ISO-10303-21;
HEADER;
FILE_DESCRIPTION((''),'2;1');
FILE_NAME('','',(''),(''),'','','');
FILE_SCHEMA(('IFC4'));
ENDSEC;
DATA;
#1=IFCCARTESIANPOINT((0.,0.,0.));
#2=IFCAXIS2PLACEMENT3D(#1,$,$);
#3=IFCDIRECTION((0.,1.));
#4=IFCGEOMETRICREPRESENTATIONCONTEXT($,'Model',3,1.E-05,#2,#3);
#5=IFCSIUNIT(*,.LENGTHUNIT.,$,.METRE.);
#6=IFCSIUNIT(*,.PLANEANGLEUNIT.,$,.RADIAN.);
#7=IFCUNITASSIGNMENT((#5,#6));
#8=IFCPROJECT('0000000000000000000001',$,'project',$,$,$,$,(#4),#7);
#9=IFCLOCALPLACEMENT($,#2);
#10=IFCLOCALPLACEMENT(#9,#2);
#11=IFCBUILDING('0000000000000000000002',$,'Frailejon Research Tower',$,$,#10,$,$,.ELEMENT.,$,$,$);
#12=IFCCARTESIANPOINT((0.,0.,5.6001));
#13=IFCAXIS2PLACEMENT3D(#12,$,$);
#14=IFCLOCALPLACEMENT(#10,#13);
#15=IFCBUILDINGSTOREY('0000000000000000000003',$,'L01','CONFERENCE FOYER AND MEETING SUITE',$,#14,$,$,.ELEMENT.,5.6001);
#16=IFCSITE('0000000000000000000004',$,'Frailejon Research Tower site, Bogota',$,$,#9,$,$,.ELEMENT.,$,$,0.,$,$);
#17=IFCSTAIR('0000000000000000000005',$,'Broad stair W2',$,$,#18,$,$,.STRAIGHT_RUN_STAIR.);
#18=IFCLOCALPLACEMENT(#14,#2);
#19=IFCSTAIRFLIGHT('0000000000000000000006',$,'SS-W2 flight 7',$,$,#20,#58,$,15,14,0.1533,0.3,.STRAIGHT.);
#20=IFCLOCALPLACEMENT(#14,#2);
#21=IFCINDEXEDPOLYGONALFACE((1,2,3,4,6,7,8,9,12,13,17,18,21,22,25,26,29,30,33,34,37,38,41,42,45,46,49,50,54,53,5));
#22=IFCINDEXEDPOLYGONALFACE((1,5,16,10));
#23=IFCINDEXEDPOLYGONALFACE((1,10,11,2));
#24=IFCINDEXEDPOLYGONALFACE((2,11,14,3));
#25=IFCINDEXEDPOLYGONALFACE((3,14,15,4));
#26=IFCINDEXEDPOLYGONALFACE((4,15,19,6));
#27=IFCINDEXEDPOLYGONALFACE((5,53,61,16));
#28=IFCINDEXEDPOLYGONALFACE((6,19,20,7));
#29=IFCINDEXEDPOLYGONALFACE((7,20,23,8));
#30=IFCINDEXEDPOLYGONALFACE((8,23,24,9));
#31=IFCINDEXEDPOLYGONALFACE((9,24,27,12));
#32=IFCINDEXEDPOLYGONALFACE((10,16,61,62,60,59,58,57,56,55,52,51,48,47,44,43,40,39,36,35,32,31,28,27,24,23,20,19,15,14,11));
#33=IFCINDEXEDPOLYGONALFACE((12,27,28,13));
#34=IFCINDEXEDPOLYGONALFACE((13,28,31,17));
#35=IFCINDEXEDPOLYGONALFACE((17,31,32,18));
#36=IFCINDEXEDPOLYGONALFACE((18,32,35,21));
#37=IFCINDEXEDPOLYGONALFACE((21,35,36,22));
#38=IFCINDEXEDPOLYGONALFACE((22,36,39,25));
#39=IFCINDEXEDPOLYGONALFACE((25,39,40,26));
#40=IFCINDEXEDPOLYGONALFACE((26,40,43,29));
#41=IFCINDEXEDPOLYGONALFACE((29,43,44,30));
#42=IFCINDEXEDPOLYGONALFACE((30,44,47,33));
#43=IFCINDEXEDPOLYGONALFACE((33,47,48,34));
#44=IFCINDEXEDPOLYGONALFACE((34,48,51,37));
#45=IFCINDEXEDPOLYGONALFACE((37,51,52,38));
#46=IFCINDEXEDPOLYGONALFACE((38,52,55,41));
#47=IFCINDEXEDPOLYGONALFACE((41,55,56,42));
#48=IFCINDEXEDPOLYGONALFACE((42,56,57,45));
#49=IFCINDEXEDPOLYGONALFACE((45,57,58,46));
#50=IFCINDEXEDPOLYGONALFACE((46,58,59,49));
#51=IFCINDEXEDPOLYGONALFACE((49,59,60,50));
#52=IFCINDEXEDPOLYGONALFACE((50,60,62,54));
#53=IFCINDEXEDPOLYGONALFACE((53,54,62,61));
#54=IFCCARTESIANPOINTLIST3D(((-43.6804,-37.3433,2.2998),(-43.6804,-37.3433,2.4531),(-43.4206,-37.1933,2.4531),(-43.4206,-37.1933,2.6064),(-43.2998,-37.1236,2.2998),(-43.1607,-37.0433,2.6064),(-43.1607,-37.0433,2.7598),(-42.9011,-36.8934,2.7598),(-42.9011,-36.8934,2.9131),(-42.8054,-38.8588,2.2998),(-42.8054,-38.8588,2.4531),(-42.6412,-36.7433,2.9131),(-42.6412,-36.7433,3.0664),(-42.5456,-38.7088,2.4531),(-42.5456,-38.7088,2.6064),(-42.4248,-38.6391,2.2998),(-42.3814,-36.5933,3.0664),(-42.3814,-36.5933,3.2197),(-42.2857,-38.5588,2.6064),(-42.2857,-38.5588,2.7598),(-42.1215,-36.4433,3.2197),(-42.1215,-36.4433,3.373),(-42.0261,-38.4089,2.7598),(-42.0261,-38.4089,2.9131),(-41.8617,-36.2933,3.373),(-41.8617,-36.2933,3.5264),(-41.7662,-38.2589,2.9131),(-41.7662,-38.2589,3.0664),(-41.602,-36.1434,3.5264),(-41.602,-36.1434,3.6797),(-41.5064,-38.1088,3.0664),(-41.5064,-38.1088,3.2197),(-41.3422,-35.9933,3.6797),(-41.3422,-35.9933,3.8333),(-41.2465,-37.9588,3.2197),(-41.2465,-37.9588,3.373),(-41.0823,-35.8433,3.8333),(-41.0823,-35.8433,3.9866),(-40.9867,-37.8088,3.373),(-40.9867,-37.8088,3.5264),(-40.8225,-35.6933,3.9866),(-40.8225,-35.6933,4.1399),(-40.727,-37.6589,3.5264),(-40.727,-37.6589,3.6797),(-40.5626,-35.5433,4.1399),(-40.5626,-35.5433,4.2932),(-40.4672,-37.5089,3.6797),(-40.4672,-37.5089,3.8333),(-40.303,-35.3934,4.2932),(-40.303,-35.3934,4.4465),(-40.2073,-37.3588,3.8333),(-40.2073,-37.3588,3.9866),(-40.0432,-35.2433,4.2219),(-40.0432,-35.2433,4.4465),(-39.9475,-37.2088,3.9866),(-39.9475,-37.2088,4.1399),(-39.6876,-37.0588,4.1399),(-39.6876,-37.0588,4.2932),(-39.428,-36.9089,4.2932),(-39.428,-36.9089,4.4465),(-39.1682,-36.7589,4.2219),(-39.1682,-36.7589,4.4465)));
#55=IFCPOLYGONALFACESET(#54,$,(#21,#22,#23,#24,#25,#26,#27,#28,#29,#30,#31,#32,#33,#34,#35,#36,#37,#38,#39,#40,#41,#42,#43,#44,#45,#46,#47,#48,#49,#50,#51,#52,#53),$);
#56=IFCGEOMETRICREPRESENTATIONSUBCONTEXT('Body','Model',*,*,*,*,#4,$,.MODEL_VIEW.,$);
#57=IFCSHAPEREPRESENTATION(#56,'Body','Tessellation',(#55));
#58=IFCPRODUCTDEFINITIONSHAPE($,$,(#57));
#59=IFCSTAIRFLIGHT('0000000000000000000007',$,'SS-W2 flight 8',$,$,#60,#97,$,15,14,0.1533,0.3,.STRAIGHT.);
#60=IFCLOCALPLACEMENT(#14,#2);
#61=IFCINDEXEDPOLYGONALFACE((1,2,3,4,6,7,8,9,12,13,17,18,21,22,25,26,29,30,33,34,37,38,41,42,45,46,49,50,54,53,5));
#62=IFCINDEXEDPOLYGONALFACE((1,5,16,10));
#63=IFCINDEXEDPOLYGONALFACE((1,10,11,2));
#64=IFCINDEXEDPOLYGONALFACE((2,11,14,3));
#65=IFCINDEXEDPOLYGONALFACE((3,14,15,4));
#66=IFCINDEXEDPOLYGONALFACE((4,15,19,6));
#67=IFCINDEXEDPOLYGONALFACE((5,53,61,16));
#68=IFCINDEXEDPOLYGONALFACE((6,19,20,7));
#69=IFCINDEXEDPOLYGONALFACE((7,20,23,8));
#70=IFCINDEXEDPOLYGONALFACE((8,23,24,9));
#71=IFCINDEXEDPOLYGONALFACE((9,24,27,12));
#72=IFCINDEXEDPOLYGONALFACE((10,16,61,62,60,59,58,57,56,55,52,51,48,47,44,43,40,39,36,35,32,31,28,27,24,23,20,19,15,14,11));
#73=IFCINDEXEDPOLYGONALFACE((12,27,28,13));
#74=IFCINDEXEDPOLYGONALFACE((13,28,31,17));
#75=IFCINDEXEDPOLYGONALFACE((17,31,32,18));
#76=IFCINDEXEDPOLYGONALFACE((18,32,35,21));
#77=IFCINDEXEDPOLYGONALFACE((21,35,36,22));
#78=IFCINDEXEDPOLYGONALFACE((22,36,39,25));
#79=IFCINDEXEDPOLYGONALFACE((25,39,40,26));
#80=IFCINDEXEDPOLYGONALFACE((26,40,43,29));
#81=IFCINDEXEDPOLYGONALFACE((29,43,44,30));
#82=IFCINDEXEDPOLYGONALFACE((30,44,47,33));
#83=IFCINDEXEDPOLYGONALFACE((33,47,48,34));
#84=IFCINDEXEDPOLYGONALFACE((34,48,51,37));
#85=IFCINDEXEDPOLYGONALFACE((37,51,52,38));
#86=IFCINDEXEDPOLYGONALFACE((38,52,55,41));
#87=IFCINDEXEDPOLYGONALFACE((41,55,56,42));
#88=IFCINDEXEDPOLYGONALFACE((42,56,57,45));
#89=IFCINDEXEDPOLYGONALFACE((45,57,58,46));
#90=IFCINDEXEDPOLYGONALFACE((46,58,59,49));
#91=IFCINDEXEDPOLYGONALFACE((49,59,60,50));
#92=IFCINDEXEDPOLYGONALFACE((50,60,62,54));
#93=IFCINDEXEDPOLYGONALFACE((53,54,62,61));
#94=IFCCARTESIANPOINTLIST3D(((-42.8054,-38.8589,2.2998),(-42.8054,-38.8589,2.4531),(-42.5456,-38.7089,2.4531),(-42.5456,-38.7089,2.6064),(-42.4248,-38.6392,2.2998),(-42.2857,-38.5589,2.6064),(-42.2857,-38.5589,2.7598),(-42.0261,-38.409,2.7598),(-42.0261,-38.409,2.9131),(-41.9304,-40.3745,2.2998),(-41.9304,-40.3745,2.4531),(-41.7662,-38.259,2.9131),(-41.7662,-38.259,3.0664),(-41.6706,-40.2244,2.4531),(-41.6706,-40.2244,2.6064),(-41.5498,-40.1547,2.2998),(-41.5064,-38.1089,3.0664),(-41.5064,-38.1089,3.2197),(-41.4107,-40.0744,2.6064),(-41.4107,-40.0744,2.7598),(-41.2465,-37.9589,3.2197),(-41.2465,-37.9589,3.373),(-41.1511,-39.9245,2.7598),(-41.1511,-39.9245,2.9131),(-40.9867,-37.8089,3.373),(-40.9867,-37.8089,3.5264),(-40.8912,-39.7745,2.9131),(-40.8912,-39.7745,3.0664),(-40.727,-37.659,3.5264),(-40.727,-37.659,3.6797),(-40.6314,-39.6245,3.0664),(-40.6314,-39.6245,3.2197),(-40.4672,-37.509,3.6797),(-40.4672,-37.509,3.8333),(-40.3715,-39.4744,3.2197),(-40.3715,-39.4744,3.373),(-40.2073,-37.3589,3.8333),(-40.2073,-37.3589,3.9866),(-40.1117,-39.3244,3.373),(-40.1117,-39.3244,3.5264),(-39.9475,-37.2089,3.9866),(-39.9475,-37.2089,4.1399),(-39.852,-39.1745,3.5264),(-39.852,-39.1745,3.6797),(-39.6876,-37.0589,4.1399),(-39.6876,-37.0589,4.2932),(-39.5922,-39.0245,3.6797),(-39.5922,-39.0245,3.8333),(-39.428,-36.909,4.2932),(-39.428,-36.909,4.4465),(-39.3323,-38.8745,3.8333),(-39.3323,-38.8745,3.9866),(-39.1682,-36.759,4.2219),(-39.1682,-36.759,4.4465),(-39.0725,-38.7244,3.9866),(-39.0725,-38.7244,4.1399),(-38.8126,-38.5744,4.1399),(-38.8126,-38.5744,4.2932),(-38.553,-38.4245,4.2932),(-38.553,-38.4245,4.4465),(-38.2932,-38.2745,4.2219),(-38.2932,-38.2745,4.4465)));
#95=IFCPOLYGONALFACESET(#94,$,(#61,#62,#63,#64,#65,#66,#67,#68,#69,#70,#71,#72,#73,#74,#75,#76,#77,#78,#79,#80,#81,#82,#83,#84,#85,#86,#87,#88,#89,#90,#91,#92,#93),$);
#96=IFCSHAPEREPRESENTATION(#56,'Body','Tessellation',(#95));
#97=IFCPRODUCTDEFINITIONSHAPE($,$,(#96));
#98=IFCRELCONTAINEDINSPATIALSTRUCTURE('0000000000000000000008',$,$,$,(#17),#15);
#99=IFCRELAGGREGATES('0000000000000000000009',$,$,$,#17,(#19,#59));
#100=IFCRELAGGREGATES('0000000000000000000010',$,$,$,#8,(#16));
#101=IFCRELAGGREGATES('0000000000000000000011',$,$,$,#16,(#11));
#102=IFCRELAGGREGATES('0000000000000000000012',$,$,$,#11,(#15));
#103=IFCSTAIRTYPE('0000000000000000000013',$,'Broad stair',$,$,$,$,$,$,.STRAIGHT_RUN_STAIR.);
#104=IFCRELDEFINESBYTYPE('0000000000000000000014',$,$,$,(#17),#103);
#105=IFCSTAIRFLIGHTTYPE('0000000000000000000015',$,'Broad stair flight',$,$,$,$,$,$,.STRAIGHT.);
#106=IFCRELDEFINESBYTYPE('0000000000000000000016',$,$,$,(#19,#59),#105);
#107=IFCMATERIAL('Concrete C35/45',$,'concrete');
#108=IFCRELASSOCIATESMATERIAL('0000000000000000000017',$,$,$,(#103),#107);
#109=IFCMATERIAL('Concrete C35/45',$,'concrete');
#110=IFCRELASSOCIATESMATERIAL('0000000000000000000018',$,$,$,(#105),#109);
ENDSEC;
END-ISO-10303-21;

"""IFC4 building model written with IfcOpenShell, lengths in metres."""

from ifc_helpers import new_model, si_unit, direction, frame, origin, place, context, subcontext, project, spatial, polyline, outline, extrude, material, type_object, element, aggregate, save


model = new_model("IFC4")

# Units and contexts
model_context = context("Model", 3, precision=1e-05, world=origin(), true_north=direction((0.0, 1.0)))
body_context = subcontext(model_context, "Body", "Model", "MODEL_VIEW")
ifc_project = project(units=[si_unit("LENGTHUNIT", "METRE"), si_unit("PLANEANGLEUNIT", "RADIAN")], contexts=[model_context])

# Site, building, storey
site_placement = place(None, origin())
site = spatial("IfcSite", under=ifc_project, at=site_placement, Name="Frailejon Research Tower site, Bogota", CompositionType="ELEMENT", RefElevation=0.0)
building_placement = place(site_placement, origin())
building = spatial("IfcBuilding", under=site, at=building_placement, Name="Frailejon Research Tower", CompositionType="ELEMENT")
storey_placement = place(building_placement, frame((0.0, 0.0, 5.6001)))
storey = spatial("IfcBuildingStorey", under=building, at=storey_placement, Name="L01", Description="CONFERENCE FOYER AND MEETING SUITE", CompositionType="ELEMENT", Elevation=5.6001)

# Stair, stair flights
ifc_material_1 = material(Name="Concrete C35/45", Category="concrete")
stair_type = type_object("IfcStairType", Name="Broad stair", PredefinedType="STRAIGHT_RUN_STAIR", material=ifc_material_1)
stair_placement = place(storey_placement, origin())
stair = element("IfcStair", 1, at=stair_placement, inside=storey, type_object=stair_type, Name="Broad stair W2", PredefinedType="STRAIGHT_RUN_STAIR")
ifc_material_2 = material(Name="Concrete C35/45", Category="concrete")
stair_flight_type = type_object("IfcStairFlightType", Name="Broad stair flight", PredefinedType="STRAIGHT", material=ifc_material_2)
stair_flight_1_placement = place(storey_placement, frame((-43.2429, -38.1011, 2.2998), z_axis=(0.0, 0.0, 1.0), x_axis=(0.866025, 0.5, 0.0)))
stair_flight_1 = element("IfcStairFlight", 2, at=stair_flight_1_placement, type_object=stair_flight_type, Name="SS-W2 flight 7", NumberOfRisers=15, NumberOfTreads=14, PredefinedType="STRAIGHT", RiserHeight=0.1533, TreadLength=0.3, context=body_context, shape_type="SweptSolid", body=[
    extrude(outline(polyline([(0.0, 0.0), (0.0, 0.1533), (0.3, 0.1533), (0.3, 0.3066), (0.6001, 0.3066), (0.6001, 0.46), (0.8999, 0.46), (0.8999, 0.6133), (1.2, 0.6133), (1.2, 0.7666), (1.5, 0.7666), (1.5, 0.9199), (1.8, 0.9199), (1.8, 1.0732), (2.1001, 1.0732), (2.1001, 1.2266), (2.3999, 1.2266), (2.3999, 1.3799), (2.7, 1.3799), (2.7, 1.5334), (3.0, 1.5334), (3.0, 1.6868), (3.3, 1.6868), (3.3, 1.8401), (3.6001, 1.8401), (3.6001, 1.9934), (3.8999, 1.9934), (3.8999, 2.1467), (4.2, 2.1467), (4.2, 2.3), (4.2, 1.9221), (0.4395, 0.0), (0.0, 0.0)])), frame((0.0, 0.875, 0.0), z_axis=(0.0, -1.0, 0.0), x_axis=(1.0, 0.0, 0.0)), (0.0, 0.0, 1.0), 1.75),
])
stair_flight_2_placement = place(storey_placement, frame((-42.3679, -39.6167, 2.2998), z_axis=(0.0, 0.0, 1.0), x_axis=(0.866025, 0.5, 0.0)))
stair_flight_2 = element("IfcStairFlight", 3, at=stair_flight_2_placement, type_object=stair_flight_type, Name="SS-W2 flight 8", NumberOfRisers=15, NumberOfTreads=14, PredefinedType="STRAIGHT", RiserHeight=0.1533, TreadLength=0.3, context=body_context, shape_type="SweptSolid", body=[
    extrude(outline(polyline([(0.0, 0.0), (0.0, 0.1533), (0.3, 0.1533), (0.3, 0.3066), (0.6001, 0.3066), (0.6001, 0.46), (0.8999, 0.46), (0.8999, 0.6133), (1.2, 0.6133), (1.2, 0.7666), (1.5, 0.7666), (1.5, 0.9199), (1.8, 0.9199), (1.8, 1.0732), (2.1001, 1.0732), (2.1001, 1.2266), (2.3999, 1.2266), (2.3999, 1.3799), (2.7, 1.3799), (2.7, 1.5334), (3.0, 1.5334), (3.0, 1.6868), (3.3, 1.6868), (3.3, 1.8401), (3.6001, 1.8401), (3.6001, 1.9934), (3.8999, 1.9934), (3.8999, 2.1467), (4.2, 2.1467), (4.2, 2.3), (4.2, 1.9221), (0.4395, 0.0), (0.0, 0.0)])), frame((0.0, 0.875, 0.0), z_axis=(0.0, -1.0, 0.0), x_axis=(1.0, 0.0, 0.0)), (0.0, 0.0, 1.0), 1.75),
])
aggregate(stair, [stair_flight_1, stair_flight_2])

save(model, "model.ifc")
